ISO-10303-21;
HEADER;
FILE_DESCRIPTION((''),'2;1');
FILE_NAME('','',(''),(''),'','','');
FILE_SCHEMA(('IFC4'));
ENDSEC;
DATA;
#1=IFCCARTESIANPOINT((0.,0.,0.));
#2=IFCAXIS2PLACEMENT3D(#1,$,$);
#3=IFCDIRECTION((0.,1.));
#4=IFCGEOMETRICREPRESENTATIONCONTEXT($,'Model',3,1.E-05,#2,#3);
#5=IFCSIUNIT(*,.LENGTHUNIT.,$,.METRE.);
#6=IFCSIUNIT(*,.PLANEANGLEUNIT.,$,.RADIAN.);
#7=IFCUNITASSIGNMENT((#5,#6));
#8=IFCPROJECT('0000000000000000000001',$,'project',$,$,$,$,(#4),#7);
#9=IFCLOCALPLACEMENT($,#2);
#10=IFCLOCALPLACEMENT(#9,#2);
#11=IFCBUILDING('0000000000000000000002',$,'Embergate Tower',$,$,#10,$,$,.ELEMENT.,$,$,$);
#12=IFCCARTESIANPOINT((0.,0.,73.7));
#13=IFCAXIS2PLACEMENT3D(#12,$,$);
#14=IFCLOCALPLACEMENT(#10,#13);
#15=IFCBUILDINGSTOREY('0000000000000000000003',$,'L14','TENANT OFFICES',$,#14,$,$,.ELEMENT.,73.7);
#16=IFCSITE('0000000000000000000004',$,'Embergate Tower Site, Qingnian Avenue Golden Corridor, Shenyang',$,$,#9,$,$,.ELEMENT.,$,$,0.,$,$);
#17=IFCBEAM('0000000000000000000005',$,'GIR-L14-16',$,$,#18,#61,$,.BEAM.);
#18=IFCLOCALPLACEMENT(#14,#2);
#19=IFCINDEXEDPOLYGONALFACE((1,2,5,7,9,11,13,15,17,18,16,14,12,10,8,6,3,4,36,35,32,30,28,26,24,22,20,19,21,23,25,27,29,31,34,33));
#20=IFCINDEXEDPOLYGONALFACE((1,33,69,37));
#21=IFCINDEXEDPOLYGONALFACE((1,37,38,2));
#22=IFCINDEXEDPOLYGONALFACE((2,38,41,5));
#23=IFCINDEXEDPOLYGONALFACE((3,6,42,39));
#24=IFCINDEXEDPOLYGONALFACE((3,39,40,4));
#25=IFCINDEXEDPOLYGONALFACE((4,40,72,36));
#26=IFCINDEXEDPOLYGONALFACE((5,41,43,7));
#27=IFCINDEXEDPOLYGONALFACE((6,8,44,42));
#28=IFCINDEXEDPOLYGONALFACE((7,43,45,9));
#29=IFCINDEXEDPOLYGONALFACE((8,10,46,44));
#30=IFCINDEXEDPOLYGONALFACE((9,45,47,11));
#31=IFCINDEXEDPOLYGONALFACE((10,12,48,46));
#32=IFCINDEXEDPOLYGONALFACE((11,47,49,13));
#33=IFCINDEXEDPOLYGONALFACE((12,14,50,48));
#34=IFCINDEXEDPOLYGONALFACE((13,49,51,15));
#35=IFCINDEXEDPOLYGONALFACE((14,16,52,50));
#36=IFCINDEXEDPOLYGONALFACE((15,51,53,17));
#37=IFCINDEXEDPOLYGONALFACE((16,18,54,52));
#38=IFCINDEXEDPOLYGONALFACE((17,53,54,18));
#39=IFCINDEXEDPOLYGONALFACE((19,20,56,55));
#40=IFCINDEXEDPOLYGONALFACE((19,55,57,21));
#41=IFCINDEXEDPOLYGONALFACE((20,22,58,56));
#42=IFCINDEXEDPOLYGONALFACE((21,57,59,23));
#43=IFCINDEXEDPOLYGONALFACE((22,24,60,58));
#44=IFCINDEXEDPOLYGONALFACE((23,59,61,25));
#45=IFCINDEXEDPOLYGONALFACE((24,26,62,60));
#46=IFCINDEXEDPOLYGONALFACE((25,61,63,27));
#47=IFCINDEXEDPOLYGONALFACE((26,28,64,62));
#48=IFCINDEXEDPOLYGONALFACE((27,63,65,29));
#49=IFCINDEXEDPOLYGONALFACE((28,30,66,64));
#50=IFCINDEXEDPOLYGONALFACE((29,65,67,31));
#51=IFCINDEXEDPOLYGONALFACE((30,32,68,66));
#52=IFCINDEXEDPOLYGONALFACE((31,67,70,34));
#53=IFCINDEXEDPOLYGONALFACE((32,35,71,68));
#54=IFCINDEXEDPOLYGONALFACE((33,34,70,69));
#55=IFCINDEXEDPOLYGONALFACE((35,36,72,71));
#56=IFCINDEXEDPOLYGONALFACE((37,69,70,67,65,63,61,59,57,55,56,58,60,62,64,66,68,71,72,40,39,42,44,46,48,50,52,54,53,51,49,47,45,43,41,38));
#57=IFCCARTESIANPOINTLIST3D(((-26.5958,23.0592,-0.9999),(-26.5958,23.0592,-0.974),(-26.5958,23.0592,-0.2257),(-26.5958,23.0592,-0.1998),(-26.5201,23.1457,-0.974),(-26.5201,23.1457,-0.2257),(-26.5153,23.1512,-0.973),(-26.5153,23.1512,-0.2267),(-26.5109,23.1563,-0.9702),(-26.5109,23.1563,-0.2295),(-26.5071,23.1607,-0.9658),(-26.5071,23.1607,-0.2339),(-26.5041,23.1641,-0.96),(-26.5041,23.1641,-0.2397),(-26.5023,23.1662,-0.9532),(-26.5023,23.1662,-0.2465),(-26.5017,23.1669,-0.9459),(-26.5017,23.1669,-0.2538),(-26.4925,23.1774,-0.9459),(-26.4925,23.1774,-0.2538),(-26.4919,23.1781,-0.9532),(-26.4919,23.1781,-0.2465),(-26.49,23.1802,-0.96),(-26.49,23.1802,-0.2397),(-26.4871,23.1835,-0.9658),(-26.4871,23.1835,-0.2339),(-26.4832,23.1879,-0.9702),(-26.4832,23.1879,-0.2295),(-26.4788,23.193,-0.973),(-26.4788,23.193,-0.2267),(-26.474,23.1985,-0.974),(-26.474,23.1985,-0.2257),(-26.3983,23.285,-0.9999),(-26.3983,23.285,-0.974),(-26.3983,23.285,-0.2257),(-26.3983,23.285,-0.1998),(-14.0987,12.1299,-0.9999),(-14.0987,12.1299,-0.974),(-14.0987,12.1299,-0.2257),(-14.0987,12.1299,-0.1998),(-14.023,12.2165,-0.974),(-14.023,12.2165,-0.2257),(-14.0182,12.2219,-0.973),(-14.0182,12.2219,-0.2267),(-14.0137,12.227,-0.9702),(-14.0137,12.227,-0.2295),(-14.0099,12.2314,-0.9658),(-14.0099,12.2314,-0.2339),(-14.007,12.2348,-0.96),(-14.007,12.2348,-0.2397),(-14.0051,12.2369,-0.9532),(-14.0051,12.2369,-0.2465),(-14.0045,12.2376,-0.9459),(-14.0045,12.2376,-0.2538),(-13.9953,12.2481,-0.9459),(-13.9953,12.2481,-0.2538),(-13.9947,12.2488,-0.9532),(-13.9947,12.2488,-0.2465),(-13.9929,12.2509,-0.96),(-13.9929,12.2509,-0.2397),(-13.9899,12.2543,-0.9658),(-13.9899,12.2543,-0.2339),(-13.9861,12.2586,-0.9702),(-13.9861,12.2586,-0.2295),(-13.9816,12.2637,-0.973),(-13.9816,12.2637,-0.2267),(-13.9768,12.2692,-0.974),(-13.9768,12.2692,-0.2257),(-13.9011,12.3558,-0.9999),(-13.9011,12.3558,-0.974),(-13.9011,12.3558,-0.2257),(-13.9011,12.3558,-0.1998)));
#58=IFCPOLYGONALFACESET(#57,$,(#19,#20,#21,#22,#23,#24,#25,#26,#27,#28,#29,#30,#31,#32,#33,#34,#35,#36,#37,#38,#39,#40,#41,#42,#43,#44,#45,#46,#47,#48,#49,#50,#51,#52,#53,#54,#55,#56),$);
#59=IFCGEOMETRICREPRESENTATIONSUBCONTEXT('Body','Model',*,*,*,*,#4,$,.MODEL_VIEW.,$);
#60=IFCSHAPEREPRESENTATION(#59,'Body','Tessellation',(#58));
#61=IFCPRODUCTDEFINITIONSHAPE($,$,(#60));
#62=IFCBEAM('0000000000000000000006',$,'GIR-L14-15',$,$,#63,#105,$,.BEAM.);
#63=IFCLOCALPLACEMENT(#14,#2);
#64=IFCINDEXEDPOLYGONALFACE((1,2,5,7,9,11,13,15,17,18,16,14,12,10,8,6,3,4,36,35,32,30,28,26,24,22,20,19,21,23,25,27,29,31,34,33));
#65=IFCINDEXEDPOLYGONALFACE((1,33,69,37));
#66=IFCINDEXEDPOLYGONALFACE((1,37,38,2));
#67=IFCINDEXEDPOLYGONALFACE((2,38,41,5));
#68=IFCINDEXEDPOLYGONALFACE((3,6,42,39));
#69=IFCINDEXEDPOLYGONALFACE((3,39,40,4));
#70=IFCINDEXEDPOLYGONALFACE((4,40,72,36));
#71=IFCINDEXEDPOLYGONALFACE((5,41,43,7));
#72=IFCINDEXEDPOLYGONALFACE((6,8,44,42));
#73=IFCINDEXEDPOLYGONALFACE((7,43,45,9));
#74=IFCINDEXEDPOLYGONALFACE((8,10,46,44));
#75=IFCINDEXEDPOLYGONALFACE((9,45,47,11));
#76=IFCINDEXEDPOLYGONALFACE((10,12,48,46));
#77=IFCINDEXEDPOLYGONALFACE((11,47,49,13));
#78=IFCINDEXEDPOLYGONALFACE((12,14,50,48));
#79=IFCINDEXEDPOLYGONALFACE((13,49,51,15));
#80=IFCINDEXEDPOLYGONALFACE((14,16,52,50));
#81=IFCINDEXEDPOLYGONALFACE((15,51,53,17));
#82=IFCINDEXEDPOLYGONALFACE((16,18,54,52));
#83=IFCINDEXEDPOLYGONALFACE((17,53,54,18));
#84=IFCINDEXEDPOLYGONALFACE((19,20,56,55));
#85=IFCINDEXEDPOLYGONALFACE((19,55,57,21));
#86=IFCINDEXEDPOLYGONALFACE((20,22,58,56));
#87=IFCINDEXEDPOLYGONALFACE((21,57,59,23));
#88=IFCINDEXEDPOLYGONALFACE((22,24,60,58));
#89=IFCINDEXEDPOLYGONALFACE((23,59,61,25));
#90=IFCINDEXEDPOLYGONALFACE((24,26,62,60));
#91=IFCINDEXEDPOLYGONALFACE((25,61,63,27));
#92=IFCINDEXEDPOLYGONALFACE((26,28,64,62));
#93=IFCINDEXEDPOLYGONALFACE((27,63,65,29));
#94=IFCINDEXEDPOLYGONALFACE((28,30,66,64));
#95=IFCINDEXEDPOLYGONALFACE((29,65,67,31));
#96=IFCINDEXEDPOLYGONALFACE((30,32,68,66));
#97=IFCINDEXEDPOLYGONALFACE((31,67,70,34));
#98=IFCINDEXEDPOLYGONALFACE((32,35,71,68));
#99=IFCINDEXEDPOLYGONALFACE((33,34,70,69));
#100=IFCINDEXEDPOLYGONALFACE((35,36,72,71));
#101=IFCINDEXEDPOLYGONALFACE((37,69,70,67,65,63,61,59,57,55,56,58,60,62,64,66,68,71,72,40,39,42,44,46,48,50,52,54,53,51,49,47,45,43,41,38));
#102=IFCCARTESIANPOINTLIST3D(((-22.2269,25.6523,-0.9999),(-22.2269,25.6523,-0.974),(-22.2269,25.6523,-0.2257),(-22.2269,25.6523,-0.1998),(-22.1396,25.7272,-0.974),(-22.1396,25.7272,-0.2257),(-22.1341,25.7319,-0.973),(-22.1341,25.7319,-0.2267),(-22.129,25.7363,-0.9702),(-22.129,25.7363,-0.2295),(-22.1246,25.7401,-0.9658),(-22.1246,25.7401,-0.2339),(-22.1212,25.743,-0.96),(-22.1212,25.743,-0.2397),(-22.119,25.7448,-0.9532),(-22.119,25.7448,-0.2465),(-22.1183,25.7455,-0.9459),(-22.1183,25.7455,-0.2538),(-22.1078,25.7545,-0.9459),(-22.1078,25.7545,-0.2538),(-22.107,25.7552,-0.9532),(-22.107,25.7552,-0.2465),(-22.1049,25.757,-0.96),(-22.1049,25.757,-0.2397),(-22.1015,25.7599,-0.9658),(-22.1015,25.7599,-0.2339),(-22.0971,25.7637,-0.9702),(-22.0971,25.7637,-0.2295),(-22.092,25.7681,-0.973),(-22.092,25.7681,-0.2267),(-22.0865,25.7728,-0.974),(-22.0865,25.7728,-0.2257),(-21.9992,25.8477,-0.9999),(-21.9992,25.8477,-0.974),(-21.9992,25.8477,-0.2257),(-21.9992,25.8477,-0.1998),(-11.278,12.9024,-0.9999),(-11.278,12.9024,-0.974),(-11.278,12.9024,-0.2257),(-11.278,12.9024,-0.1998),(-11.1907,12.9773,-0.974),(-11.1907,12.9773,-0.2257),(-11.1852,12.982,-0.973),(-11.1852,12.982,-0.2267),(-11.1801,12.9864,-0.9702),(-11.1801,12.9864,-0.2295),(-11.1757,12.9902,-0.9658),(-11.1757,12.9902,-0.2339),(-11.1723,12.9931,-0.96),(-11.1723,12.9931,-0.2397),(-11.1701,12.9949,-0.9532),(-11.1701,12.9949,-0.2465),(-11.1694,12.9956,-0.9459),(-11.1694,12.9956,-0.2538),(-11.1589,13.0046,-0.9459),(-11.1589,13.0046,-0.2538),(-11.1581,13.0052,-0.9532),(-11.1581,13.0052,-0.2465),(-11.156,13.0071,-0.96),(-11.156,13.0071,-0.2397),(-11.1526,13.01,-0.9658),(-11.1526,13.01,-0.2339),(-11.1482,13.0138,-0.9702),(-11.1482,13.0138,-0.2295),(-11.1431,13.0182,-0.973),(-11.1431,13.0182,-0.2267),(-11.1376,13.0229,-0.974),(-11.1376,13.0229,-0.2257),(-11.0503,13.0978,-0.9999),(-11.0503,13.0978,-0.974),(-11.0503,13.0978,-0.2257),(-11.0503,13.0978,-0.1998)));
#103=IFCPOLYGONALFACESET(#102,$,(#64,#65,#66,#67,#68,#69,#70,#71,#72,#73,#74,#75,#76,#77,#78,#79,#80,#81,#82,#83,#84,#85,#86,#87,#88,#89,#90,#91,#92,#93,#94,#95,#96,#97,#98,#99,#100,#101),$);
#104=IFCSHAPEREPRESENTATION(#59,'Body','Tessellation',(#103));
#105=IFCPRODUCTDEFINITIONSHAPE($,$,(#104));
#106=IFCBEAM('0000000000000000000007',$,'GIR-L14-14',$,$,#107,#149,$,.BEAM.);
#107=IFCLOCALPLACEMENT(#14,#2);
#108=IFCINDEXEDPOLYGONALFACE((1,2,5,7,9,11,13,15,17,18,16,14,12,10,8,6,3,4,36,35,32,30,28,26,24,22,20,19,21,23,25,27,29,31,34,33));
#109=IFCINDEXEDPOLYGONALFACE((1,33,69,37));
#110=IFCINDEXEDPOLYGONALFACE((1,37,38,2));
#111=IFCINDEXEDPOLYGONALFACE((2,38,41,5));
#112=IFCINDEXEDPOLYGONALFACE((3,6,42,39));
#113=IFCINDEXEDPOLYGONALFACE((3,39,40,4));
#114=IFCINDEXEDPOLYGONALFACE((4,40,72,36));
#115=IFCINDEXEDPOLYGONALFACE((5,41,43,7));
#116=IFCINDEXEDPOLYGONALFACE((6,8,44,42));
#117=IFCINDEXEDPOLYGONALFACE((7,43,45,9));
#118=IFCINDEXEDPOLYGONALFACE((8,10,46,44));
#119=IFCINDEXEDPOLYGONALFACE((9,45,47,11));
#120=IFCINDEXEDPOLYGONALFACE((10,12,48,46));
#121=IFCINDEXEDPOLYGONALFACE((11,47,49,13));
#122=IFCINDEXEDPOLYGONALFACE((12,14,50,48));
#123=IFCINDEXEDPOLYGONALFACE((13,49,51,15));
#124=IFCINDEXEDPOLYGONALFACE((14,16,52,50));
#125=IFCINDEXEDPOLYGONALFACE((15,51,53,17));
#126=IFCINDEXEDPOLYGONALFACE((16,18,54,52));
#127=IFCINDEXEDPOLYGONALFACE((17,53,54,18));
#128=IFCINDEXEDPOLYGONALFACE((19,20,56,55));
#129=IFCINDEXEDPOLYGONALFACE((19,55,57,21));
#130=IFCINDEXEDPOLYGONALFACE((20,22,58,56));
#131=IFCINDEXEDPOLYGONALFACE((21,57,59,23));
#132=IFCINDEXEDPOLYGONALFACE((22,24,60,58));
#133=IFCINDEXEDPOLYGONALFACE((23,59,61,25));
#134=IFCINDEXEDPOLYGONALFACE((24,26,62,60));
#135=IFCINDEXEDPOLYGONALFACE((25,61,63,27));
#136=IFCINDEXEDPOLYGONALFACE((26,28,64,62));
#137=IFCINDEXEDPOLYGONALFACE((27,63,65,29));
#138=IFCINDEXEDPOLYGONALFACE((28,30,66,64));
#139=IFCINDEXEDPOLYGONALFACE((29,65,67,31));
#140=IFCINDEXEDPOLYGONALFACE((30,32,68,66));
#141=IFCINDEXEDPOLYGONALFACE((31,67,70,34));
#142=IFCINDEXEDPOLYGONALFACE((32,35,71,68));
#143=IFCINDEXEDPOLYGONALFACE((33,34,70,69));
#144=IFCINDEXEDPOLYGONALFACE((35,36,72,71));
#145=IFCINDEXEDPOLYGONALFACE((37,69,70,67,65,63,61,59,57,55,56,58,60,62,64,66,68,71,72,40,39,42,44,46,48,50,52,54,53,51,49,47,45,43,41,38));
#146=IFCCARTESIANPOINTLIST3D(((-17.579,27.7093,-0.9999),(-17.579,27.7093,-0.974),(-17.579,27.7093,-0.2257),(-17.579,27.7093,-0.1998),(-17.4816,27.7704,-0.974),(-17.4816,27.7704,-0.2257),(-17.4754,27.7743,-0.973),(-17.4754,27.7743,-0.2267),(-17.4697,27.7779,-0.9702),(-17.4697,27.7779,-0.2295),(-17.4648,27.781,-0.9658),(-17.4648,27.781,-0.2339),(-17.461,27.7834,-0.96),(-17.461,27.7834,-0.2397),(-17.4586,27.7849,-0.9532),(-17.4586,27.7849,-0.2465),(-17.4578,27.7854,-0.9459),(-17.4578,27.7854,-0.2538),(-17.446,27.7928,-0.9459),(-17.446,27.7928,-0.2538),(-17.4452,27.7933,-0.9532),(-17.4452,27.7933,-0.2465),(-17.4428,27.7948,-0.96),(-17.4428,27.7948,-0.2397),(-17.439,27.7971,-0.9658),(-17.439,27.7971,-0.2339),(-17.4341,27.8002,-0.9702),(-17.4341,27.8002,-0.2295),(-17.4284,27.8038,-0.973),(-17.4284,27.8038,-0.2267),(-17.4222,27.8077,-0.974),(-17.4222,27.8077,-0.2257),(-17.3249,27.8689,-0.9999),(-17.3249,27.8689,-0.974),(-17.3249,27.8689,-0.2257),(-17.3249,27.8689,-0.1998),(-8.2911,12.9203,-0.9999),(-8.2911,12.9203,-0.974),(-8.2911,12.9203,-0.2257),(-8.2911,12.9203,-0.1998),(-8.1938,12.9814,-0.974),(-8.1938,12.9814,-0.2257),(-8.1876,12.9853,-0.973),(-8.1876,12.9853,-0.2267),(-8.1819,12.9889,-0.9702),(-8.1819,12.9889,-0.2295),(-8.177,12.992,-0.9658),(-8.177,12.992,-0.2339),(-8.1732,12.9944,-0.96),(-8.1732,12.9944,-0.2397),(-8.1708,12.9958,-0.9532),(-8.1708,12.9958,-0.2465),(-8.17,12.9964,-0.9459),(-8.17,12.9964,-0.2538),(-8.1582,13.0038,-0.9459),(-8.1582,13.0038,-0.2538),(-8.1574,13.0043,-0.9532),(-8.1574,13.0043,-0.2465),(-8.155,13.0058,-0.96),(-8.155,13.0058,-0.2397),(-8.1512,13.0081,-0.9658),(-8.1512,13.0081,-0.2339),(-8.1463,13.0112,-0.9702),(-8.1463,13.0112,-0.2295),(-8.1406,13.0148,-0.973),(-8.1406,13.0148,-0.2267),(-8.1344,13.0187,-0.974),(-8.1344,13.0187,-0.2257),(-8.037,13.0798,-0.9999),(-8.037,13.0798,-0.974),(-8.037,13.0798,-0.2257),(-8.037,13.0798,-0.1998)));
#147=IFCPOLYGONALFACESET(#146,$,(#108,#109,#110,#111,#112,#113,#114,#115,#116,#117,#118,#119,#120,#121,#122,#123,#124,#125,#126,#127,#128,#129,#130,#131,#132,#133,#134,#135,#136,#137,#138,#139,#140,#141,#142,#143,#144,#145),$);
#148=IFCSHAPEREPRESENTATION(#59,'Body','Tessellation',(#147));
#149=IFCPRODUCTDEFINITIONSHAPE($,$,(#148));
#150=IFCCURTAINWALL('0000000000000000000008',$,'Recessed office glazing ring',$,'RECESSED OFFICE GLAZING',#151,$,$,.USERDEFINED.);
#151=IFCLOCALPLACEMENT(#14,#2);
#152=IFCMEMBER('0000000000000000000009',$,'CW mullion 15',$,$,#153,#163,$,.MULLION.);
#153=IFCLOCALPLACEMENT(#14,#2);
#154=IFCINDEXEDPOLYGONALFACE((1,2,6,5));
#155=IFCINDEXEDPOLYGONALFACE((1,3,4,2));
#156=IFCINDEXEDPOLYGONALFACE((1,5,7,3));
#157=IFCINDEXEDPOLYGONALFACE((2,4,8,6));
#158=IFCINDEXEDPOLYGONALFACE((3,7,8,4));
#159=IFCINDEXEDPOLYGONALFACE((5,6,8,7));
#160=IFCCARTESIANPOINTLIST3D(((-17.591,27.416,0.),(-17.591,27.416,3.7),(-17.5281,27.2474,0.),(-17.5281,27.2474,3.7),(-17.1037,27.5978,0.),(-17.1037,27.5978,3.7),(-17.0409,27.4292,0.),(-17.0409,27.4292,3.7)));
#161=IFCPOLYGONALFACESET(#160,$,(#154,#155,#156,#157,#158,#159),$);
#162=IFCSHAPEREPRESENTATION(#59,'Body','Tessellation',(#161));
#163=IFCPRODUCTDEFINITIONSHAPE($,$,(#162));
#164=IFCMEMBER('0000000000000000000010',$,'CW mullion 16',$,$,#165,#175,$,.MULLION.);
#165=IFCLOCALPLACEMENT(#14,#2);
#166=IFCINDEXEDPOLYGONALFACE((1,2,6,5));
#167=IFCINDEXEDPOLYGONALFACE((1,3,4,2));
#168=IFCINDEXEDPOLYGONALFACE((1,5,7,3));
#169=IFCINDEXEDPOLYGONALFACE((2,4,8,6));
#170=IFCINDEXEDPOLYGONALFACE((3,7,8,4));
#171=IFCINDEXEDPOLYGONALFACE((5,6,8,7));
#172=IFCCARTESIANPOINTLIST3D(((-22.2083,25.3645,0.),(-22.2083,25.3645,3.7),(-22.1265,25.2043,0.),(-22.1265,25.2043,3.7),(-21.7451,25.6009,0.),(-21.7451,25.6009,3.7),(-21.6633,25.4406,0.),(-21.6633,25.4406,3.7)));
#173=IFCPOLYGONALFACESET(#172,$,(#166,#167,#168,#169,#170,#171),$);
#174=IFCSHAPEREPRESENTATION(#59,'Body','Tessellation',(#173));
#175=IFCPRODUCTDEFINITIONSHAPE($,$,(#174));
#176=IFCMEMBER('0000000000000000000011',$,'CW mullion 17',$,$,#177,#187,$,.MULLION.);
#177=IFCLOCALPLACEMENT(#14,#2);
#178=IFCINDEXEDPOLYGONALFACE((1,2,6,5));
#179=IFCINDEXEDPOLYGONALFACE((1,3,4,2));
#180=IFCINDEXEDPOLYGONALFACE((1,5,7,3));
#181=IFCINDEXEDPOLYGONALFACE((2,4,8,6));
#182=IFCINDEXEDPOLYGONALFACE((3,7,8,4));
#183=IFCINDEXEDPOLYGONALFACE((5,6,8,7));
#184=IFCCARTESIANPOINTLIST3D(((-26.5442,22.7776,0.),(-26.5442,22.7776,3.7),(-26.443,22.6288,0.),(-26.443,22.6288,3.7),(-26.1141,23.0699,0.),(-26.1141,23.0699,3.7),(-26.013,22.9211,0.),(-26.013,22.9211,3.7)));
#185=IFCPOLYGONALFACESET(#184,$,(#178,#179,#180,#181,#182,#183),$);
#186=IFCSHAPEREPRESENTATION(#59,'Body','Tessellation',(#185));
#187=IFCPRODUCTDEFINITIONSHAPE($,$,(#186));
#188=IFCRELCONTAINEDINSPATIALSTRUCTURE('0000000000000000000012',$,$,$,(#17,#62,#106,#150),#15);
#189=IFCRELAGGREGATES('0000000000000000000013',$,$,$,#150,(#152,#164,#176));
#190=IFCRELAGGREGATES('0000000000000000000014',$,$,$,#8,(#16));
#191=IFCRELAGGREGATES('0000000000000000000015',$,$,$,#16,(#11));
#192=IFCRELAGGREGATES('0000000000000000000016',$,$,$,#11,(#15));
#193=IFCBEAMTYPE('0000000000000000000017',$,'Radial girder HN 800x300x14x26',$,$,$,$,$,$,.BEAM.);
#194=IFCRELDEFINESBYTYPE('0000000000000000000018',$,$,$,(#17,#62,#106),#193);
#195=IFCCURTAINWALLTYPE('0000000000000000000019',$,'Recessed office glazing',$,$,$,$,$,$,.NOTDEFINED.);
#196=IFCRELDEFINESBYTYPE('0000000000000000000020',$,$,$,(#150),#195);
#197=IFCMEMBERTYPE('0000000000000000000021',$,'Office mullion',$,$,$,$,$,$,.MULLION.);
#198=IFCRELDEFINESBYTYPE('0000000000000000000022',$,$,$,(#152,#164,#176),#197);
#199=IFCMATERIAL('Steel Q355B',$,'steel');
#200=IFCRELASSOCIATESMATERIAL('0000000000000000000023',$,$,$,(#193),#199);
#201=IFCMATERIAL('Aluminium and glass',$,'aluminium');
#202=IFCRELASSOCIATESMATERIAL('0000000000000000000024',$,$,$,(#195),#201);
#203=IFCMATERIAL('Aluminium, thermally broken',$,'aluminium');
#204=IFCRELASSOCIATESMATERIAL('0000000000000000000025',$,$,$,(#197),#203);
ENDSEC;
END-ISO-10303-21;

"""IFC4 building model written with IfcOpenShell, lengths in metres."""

from ifc_helpers import new_model, si_unit, direction, frame, origin, origin_2d, place, context, subcontext, project, spatial, rectangle, i_section, extrude, source, transform, mapped, material, material_profile, profile_set, type_object, element, aggregate, save


model = new_model("IFC4")

# Units and contexts
model_context = context("Model", 3, precision=1e-05, world=origin(), true_north=direction((0.0, 1.0)))
body_context = subcontext(model_context, "Body", "Model", "MODEL_VIEW")
ifc_project = project(units=[si_unit("LENGTHUNIT", "METRE"), si_unit("PLANEANGLEUNIT", "RADIAN")], contexts=[model_context])

# Site, building, storey
site_placement = place(None, origin())
site = spatial("IfcSite", under=ifc_project, at=site_placement, Name="Embergate Tower Site, Qingnian Avenue Golden Corridor, Shenyang", CompositionType="ELEMENT", RefElevation=0.0)
building_placement = place(site_placement, origin())
building = spatial("IfcBuilding", under=site, at=building_placement, Name="Embergate Tower", CompositionType="ELEMENT")
storey_placement = place(building_placement, frame((0.0, 0.0, 73.7)))
storey = spatial("IfcBuildingStorey", under=building, at=storey_placement, Name="L14", Description="TENANT OFFICES", CompositionType="ELEMENT", Elevation=73.7)

# Beams
ifc_material_1 = material(Name="Steel Q355B", Category="steel")
ifc_material_profile_1 = material_profile(ifc_material_1, i_section(OverallWidth=0.3, OverallDepth=0.8, WebThickness=0.0139, FlangeThickness=0.0259, FilletRadius=0.0281, at=origin_2d()), Name="HN 800x300x14x26")
ifc_profile_set_1 = profile_set([ifc_material_profile_1], Name="Steel Q355 grade B")
beam_type_1 = type_object("IfcBeamType", Name="Radial girder HN 800x300x14x26", PredefinedType="BEAM", material=ifc_profile_set_1)
shared_shape_1 = source(origin(), body_context, "Body", "SweptSolid", [
    extrude(i_section(OverallWidth=0.3, OverallDepth=0.8, WebThickness=0.0139, FlangeThickness=0.0259, FilletRadius=0.0281, at=origin_2d()), origin(), (0.0, 0.0, 1.0), 16.6021),
])
beam_1_placement = place(storey_placement, frame((-26.4971, 23.1721, -0.5999), z_axis=(0.752748, -0.658309, 0.0), x_axis=(0.658309, 0.752748, 0.0)))
element("IfcBeam", 1, at=beam_1_placement, inside=storey, type_object=beam_type_1, Name="GIR-L14-16", PredefinedType="BEAM", context=body_context, shape_type="MappedRepresentation", body=[
    mapped(shared_shape_1, transform((0.0, 0.0, 0.0))),
])
shared_shape_2 = source(origin(), body_context, "Body", "SweptSolid", [
    extrude(i_section(OverallWidth=0.3, OverallDepth=0.8, WebThickness=0.0139, FlangeThickness=0.0259, FilletRadius=0.0281, at=origin_2d()), origin(), (0.0, 0.0, 1.0), 16.8059),
])
beam_2_placement = place(storey_placement, frame((-22.113, 25.75, -0.5999), z_axis=(0.651491, -0.758656, 0.0), x_axis=(0.758656, 0.651491, 0.0)))
element("IfcBeam", 2, at=beam_2_placement, inside=storey, type_object=beam_type_1, Name="GIR-L14-15", PredefinedType="BEAM", context=body_context, shape_type="MappedRepresentation", body=[
    mapped(shared_shape_2, transform((0.0, 0.0, 0.0))),
])
shared_shape_3 = source(origin(), body_context, "Body", "SweptSolid", [
    extrude(i_section(OverallWidth=0.3, OverallDepth=0.8, WebThickness=0.0139, FlangeThickness=0.0259, FilletRadius=0.0281, at=origin_2d()), origin(), (0.0, 0.0, 1.0), 17.4636),
])
beam_3_placement = place(storey_placement, frame((-17.4519, 27.7891, -0.5999), z_axis=(0.531837, -0.846847, 0.0), x_axis=(0.846847, 0.531837, 0.0)))
element("IfcBeam", 3, at=beam_3_placement, inside=storey, type_object=beam_type_1, Name="GIR-L14-14", PredefinedType="BEAM", context=body_context, shape_type="MappedRepresentation", body=[
    mapped(shared_shape_3, transform((0.0, 0.0, 0.0))),
])

# Curtain wall, members
ifc_material_2 = material(Name="Aluminium and glass", Category="aluminium")
curtain_wall_type = type_object("IfcCurtainWallType", Name="Recessed office glazing", PredefinedType="NOTDEFINED", material=ifc_material_2)
curtain_wall_placement = place(storey_placement, origin())
curtain_wall = element("IfcCurtainWall", 4, at=curtain_wall_placement, inside=storey, type_object=curtain_wall_type, Name="Recessed office glazing ring", ObjectType="RECESSED OFFICE GLAZING", PredefinedType="USERDEFINED")
ifc_material_3 = material(Name="Aluminium, thermally broken", Category="aluminium")
ifc_material_profile_2 = material_profile(ifc_material_3, rectangle(XDim=0.1799, YDim=0.52, at=origin_2d()), Name="AL 520x180")
ifc_profile_set_2 = profile_set([ifc_material_profile_2], Name="Aluminium, thermally broken")
member_type_1 = type_object("IfcMemberType", Name="Office mullion", PredefinedType="MULLION", material=ifc_profile_set_2)
shared_shape_4 = source(origin(), body_context, "Body", "SweptSolid", [
    extrude(rectangle(XDim=0.1799, YDim=0.52, at=origin_2d()), origin(), (0.0, 0.0, 1.0), 3.7),
])
member_1_placement = place(storey_placement, frame((-17.3159, 27.4226, 0.0), z_axis=(0.0, 0.0, 1.0), x_axis=(0.349508, -0.936934, 0.0)))
member_1 = element("IfcMember", 5, at=member_1_placement, type_object=member_type_1, Name="CW mullion 15", PredefinedType="MULLION", context=body_context, shape_type="MappedRepresentation", body=[
    mapped(shared_shape_4, transform((0.0, 0.0, 0.0))),
])
member_2_placement = place(storey_placement, frame((-21.9358, 25.4026, 0.0), z_axis=(0.0, 0.0, 1.0), x_axis=(0.454516, -0.890739, 0.0)))
member_2 = element("IfcMember", 6, at=member_2_placement, type_object=member_type_1, Name="CW mullion 16", PredefinedType="MULLION", context=body_context, shape_type="MappedRepresentation", body=[
    mapped(shared_shape_4, transform((0.0, 0.0, 0.0))),
])
member_3_placement = place(storey_placement, frame((-26.2786, 22.8494, 0.0), z_axis=(0.0, 0.0, 1.0), x_axis=(0.562223, -0.826985, 0.0)))
member_3 = element("IfcMember", 7, at=member_3_placement, type_object=member_type_1, Name="CW mullion 17", PredefinedType="MULLION", context=body_context, shape_type="MappedRepresentation", body=[
    mapped(shared_shape_4, transform((0.0, 0.0, 0.0))),
])
aggregate(curtain_wall, [member_1, member_2, member_3])

save(model, "model.ifc")
